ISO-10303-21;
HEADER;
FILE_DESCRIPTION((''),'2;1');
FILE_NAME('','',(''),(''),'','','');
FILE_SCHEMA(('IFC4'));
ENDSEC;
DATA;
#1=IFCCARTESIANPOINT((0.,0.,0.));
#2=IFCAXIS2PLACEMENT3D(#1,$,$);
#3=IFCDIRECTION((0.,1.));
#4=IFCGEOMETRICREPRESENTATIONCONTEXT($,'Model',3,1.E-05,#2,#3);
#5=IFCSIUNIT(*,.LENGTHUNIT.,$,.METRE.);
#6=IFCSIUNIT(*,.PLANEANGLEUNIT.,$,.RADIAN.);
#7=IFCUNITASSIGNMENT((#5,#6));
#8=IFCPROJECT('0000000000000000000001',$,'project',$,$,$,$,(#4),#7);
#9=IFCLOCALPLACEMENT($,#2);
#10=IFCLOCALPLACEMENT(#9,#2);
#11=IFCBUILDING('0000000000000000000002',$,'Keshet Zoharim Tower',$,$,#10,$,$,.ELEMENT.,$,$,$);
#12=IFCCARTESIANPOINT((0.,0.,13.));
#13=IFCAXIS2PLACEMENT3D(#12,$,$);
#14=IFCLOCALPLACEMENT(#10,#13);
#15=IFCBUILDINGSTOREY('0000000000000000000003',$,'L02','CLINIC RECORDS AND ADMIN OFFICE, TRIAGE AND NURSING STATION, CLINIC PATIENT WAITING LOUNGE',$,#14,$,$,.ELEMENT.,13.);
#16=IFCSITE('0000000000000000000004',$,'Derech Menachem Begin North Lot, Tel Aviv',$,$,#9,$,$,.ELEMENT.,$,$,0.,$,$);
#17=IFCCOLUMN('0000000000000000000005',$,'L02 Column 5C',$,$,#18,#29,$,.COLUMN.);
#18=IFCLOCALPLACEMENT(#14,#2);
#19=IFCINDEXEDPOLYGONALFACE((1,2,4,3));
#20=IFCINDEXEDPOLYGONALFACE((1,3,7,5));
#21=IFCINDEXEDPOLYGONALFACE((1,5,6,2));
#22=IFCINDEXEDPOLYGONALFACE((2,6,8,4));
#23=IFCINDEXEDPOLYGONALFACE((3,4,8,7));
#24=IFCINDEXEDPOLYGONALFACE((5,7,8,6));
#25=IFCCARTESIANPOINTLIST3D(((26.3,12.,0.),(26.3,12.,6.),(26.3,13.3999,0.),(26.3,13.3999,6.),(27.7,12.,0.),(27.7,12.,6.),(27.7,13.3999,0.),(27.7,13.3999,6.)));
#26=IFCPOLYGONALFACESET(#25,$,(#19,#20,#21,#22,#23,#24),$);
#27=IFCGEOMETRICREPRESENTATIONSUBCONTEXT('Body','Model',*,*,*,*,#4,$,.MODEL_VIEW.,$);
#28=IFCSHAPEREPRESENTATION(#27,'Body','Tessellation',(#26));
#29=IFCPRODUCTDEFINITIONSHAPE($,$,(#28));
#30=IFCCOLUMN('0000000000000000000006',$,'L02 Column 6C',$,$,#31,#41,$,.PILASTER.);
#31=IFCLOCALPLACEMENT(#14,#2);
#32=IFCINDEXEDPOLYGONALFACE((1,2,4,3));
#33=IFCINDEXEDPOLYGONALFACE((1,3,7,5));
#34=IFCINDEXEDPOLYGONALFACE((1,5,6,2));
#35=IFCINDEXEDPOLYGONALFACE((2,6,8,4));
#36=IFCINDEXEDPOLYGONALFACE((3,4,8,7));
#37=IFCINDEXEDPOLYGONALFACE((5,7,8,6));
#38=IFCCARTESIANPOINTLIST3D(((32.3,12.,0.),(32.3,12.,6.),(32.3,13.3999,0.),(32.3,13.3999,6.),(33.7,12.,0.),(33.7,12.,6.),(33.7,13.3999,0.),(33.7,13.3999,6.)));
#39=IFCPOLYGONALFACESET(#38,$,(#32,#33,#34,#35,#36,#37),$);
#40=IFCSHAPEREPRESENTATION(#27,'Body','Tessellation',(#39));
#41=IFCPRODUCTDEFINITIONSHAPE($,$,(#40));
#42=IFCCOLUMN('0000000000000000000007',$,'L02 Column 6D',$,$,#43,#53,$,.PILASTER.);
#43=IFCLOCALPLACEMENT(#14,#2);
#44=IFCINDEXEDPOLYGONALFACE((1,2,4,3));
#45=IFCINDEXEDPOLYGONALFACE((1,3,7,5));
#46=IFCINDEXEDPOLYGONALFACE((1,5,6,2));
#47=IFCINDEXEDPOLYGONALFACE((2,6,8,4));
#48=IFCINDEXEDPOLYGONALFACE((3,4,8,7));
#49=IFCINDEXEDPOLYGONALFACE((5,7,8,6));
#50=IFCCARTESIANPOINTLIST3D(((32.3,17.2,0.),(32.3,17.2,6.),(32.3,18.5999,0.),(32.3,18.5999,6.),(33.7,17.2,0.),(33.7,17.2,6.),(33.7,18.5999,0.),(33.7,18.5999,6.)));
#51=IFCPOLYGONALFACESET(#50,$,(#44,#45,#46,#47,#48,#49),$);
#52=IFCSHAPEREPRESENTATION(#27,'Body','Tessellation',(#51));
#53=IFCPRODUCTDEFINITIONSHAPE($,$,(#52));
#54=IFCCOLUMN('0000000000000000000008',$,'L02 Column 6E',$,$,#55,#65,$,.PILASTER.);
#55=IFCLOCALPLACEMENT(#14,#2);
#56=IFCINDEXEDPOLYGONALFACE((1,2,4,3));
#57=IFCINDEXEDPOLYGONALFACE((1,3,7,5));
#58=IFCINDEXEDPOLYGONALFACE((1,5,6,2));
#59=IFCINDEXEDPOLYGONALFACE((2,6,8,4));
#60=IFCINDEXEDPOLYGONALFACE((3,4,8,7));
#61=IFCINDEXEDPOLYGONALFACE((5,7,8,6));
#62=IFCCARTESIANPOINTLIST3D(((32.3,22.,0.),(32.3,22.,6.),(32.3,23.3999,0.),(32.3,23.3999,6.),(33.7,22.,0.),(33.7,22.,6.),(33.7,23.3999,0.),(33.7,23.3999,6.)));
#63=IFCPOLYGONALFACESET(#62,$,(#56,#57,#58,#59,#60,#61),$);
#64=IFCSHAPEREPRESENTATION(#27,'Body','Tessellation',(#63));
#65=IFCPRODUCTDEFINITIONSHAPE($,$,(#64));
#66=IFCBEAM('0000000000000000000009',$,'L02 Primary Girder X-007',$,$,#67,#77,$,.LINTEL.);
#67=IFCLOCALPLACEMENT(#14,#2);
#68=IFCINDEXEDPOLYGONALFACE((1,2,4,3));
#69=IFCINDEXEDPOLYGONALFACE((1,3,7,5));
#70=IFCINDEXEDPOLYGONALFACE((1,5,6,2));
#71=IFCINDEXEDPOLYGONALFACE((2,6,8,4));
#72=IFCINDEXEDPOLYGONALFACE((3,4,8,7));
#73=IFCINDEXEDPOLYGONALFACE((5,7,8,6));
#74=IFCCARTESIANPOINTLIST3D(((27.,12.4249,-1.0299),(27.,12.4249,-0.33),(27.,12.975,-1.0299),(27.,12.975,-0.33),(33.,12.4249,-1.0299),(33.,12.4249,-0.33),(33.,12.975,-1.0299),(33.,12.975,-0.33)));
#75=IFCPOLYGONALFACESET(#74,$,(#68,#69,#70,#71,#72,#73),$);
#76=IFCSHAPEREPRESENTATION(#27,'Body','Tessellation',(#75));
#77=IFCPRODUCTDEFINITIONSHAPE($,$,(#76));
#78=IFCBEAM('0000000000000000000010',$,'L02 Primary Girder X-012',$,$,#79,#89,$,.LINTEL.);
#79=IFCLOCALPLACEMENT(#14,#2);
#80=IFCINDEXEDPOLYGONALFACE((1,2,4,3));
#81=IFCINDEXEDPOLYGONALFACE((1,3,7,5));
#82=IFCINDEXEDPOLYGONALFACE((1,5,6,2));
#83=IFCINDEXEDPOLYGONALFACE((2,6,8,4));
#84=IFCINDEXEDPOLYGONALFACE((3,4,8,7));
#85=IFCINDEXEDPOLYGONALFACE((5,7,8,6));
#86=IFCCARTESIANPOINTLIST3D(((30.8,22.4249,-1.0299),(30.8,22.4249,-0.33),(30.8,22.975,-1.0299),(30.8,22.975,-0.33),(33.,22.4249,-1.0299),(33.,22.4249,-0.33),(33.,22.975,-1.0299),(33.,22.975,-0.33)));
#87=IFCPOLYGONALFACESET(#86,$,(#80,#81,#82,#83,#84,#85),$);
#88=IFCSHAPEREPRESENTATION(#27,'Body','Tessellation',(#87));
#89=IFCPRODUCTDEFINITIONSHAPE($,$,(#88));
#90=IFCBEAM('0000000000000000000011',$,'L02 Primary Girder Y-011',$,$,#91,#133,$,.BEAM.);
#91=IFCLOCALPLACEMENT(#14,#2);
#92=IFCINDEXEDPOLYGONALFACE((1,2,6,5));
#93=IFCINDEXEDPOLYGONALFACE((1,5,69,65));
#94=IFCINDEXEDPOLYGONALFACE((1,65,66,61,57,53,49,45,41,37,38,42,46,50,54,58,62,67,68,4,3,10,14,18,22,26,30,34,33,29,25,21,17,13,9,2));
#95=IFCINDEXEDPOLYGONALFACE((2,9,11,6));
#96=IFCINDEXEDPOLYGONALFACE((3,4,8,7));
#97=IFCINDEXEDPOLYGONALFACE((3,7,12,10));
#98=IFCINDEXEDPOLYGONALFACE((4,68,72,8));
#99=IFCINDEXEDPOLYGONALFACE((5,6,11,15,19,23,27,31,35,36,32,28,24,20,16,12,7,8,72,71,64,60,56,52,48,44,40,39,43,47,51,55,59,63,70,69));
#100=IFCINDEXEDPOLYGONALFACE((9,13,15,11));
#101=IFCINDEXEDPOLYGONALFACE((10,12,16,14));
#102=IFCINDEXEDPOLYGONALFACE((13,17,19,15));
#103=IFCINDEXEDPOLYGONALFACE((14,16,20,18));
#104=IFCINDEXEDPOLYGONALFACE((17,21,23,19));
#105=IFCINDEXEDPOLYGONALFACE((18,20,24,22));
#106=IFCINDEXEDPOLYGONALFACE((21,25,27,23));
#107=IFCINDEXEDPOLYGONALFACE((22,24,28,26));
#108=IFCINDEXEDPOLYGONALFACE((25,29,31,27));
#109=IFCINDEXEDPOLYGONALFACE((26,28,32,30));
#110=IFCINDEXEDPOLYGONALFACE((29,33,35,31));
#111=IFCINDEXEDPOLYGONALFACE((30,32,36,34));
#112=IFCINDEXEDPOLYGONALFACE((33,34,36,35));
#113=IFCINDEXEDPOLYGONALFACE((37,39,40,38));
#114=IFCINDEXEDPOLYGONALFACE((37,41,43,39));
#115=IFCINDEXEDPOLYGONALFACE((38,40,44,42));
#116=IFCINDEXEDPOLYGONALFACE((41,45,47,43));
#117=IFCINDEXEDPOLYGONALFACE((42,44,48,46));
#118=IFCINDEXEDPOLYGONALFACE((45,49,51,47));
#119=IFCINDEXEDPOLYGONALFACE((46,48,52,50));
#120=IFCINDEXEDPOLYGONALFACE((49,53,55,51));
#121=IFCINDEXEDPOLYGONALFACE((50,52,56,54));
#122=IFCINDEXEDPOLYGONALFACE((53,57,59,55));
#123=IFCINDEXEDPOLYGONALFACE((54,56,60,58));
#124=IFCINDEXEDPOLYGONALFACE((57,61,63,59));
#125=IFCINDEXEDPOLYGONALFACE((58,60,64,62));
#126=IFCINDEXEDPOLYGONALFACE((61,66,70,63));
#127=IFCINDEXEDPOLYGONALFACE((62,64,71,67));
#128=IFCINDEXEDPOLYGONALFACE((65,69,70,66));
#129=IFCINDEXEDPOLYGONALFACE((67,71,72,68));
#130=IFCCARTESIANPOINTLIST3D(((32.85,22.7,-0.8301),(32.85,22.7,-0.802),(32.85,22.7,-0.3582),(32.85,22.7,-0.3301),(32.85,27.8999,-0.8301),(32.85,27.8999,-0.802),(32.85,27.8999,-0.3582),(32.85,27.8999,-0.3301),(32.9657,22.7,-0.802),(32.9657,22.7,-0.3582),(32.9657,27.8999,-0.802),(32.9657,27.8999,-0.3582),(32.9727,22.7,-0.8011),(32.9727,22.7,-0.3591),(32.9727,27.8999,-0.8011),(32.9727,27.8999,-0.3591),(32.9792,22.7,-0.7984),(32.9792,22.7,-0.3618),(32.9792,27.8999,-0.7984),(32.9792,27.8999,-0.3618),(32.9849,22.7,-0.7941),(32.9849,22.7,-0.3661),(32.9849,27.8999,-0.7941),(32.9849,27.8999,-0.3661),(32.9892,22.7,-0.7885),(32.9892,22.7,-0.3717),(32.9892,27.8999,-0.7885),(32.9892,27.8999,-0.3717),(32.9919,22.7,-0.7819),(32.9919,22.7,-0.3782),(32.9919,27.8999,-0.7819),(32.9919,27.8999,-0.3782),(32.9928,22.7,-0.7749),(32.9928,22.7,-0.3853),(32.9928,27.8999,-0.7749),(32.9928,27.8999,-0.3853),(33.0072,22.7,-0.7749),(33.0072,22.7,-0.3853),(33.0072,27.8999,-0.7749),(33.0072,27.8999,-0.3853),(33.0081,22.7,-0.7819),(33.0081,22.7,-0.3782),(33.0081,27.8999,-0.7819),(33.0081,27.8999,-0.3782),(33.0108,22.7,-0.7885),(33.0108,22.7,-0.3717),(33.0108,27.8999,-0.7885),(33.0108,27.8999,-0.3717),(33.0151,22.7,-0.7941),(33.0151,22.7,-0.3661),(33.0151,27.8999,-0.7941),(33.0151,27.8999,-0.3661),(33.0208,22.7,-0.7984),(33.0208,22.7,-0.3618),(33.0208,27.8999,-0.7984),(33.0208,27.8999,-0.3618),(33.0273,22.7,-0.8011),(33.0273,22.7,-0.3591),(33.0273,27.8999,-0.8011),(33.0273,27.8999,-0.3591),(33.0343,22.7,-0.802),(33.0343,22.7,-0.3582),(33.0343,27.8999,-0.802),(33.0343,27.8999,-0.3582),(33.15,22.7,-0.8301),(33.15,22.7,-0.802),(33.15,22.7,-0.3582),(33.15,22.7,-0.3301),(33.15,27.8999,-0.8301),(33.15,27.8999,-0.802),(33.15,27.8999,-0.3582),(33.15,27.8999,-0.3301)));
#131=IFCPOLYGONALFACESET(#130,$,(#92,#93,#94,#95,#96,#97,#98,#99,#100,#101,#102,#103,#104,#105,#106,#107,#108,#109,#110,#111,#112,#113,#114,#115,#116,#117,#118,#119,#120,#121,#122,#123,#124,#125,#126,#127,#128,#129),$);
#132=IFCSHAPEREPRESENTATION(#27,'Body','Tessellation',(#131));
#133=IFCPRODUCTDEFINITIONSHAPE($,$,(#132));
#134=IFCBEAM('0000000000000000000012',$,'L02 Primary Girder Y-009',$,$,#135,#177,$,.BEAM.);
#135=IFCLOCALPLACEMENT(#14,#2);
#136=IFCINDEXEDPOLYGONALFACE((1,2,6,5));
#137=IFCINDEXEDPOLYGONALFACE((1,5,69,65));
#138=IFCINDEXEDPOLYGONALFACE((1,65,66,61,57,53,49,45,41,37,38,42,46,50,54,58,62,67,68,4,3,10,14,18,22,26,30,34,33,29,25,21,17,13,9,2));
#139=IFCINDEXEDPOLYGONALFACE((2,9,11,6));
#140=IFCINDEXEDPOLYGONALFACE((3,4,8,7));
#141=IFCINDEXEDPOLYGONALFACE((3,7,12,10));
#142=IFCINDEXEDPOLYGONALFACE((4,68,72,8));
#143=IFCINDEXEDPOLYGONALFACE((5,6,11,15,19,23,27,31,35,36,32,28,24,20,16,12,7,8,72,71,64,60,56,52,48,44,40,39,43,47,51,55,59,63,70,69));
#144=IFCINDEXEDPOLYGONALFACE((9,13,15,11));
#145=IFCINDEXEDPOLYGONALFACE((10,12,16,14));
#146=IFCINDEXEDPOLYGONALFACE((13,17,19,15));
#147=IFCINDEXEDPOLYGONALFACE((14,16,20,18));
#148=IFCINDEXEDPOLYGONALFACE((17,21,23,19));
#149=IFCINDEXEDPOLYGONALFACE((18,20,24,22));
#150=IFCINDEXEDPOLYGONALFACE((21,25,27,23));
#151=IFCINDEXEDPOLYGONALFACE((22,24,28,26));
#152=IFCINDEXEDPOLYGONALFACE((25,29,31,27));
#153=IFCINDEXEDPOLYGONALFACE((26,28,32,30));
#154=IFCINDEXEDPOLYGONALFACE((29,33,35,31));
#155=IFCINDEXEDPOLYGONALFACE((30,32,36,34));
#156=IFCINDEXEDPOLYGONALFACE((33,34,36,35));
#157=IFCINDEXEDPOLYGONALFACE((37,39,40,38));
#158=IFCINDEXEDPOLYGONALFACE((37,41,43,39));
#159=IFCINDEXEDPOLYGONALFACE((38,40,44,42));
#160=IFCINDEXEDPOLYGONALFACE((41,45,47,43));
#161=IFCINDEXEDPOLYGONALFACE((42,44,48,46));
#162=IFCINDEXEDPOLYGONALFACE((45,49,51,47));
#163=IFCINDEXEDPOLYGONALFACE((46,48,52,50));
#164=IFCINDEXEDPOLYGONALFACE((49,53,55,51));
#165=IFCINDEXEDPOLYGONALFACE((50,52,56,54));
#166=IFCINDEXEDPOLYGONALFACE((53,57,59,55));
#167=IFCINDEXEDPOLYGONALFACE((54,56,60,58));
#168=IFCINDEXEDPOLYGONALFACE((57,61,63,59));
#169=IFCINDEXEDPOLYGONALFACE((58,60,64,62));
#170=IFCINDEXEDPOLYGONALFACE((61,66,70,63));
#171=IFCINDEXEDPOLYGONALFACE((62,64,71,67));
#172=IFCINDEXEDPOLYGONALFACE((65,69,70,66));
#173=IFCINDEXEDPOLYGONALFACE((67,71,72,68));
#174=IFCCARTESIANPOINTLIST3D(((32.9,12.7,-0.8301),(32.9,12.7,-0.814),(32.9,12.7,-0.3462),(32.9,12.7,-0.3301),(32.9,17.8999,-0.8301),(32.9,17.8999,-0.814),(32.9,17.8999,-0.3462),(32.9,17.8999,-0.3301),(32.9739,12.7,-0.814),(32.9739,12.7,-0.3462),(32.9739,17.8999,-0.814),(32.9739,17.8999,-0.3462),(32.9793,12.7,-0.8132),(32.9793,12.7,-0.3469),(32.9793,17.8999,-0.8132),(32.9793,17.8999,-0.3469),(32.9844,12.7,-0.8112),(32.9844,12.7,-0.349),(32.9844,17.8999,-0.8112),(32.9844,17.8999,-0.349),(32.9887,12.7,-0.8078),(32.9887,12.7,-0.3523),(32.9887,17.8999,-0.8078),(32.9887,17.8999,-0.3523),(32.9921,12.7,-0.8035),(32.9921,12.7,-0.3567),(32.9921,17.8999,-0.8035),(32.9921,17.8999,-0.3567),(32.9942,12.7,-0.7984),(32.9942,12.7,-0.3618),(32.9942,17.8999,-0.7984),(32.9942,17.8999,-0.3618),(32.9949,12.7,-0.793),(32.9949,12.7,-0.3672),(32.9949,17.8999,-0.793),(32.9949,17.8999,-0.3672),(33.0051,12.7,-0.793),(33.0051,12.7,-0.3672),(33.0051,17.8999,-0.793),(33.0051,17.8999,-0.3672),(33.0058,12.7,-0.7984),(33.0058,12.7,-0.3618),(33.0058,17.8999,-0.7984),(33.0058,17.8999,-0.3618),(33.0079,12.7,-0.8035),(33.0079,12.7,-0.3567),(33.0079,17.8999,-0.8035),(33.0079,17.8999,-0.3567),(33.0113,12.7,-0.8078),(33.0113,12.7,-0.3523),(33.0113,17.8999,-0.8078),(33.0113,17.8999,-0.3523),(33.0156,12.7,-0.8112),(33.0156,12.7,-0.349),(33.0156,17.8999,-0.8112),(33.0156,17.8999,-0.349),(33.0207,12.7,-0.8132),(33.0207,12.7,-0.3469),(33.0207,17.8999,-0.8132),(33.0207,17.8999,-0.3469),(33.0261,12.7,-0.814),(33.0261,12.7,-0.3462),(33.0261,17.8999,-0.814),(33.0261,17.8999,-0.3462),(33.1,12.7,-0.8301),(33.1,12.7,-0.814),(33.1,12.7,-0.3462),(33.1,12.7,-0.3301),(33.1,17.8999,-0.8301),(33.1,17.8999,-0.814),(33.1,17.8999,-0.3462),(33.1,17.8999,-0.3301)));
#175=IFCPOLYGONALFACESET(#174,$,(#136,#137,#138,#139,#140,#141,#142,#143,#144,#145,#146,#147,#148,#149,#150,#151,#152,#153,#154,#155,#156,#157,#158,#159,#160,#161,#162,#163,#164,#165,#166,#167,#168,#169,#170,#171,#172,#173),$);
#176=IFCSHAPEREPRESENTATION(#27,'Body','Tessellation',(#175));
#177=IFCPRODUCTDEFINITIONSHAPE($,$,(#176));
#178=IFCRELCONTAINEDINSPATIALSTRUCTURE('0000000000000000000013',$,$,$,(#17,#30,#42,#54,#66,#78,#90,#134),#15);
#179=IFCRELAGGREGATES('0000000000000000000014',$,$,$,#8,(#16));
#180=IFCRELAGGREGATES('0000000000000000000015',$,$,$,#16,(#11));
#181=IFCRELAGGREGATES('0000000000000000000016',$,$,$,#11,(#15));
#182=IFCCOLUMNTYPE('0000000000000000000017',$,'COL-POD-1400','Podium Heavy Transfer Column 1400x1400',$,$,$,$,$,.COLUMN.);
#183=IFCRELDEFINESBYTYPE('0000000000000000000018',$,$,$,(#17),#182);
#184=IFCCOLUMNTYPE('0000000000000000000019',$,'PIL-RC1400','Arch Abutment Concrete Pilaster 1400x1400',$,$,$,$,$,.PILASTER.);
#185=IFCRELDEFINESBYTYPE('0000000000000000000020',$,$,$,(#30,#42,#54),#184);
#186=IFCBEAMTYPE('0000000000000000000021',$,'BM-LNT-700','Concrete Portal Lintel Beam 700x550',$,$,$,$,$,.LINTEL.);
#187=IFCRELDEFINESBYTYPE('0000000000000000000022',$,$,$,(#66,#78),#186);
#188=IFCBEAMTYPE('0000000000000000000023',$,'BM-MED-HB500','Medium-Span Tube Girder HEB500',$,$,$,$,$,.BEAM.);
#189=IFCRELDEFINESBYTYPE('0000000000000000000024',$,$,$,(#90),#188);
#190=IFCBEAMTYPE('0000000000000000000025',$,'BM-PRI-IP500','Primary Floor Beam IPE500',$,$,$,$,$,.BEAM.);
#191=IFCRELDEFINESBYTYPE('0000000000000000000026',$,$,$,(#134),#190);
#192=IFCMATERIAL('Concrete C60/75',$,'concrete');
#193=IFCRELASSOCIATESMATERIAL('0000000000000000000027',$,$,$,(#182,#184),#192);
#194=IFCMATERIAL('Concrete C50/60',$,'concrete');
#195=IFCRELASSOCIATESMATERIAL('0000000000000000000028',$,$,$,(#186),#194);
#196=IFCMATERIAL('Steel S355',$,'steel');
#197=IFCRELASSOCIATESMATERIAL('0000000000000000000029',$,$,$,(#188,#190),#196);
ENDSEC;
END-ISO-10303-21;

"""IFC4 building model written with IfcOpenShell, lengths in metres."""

from ifc_helpers import new_model, si_unit, direction, frame, origin, origin_2d, place, context, subcontext, project, spatial, rectangle, i_section, extrude, material, material_profile, profile_set, type_object, element, save


model = new_model("IFC4")

# Units and contexts
model_context = context("Model", 3, precision=1e-05, world=origin(), true_north=direction((0.0, 1.0)))
body_context = subcontext(model_context, "Body", "Model", "MODEL_VIEW")
ifc_project = project(units=[si_unit("LENGTHUNIT", "METRE"), si_unit("PLANEANGLEUNIT", "RADIAN")], contexts=[model_context])

# Site, building, storey
site_placement = place(None, origin())
site = spatial("IfcSite", under=ifc_project, at=site_placement, Name="Derech Menachem Begin North Lot, Tel Aviv", CompositionType="ELEMENT", RefElevation=0.0)
building_placement = place(site_placement, origin())
building = spatial("IfcBuilding", under=site, at=building_placement, Name="Keshet Zoharim Tower", CompositionType="ELEMENT")
storey_placement = place(building_placement, frame((0.0, 0.0, 13.0)))
storey = spatial("IfcBuildingStorey", under=building, at=storey_placement, Name="L02", Description="CLINIC RECORDS AND ADMIN OFFICE, TRIAGE AND NURSING STATION, CLINIC PATIENT WAITING LOUNGE", CompositionType="ELEMENT", Elevation=13.0)

# Columns
ifc_material_1 = material(Name="Concrete C60/75", Category="concrete")
ifc_material_profile_1 = material_profile(ifc_material_1, rectangle(XDim=1.3999, YDim=1.3999, at=origin_2d()), Name="RC1400x1400")
ifc_profile_set_1 = profile_set([ifc_material_profile_1], Name="Concrete C60/75")
column_type_1 = type_object("IfcColumnType", Name="COL-POD-1400", Description="Podium Heavy Transfer Column 1400x1400", PredefinedType="COLUMN", material=ifc_profile_set_1)
column_placement = place(storey_placement, frame((27.0, 12.7, 0.0), z_axis=(0.0, 0.0, 1.0), x_axis=(1.0, 0.0, 0.0)))
element("IfcColumn", 1, at=column_placement, inside=storey, type_object=column_type_1, Name="L02 Column 5C", PredefinedType="COLUMN", context=body_context, shape_type="SweptSolid", body=[
    extrude(rectangle(XDim=1.3999, YDim=1.3999, at=origin_2d()), origin(), (0.0, 0.0, 1.0), 6.0),
])
ifc_material_profile_2 = material_profile(ifc_material_1, rectangle(XDim=1.3999, YDim=1.3999, at=origin_2d()), Name="RC1400x1400")
ifc_profile_set_2 = profile_set([ifc_material_profile_2], Name="Concrete C60/75")
column_type_2 = type_object("IfcColumnType", Name="PIL-RC1400", Description="Arch Abutment Concrete Pilaster 1400x1400", PredefinedType="PILASTER", material=ifc_profile_set_2)
for number, where, z_axis, x_axis, name in (
    (2, (33.0, 12.7, 0.0), (0.0, 0.0, 1.0), (1.0, 0.0, 0.0), "L02 Column 6C"),
    (3, (33.0, 17.8999, 0.0), (0.0, 0.0, 1.0), (1.0, 0.0, 0.0), "L02 Column 6D"),
    (4, (33.0, 22.7, 0.0), (0.0, 0.0, 1.0), (1.0, 0.0, 0.0), "L02 Column 6E"),
):
    element("IfcColumn", number, at=place(storey_placement, frame(where, z_axis=z_axis, x_axis=x_axis)), inside=storey, type_object=column_type_2, Name=name, PredefinedType="PILASTER", context=body_context, shape_type="SweptSolid", body=[
        extrude(rectangle(XDim=1.3999, YDim=1.3999, at=origin_2d()), origin(), (0.0, 0.0, 1.0), 6.0),
    ])

# Beams
ifc_material_2 = material(Name="Concrete C50/60", Category="concrete")
ifc_material_profile_3 = material_profile(ifc_material_2, rectangle(XDim=0.55, YDim=0.7, at=origin_2d()), Name="RC700x550")
ifc_profile_set_3 = profile_set([ifc_material_profile_3], Name="Concrete C50/60")
beam_type_1 = type_object("IfcBeamType", Name="BM-LNT-700", Description="Concrete Portal Lintel Beam 700x550", PredefinedType="LINTEL", material=ifc_profile_set_3)
beam_1_placement = place(storey_placement, frame((27.0, 12.7, -0.6799), z_axis=(1.0, 0.0, 0.0), x_axis=(0.0, 1.0, 0.0)))
element("IfcBeam", 5, at=beam_1_placement, inside=storey, type_object=beam_type_1, Name="L02 Primary Girder X-007", PredefinedType="LINTEL", context=body_context, shape_type="SweptSolid", body=[
    extrude(rectangle(XDim=0.55, YDim=0.7, at=origin_2d()), origin(), (0.0, 0.0, 1.0), 6.0),
])
beam_2_placement = place(storey_placement, frame((30.8, 22.7, -0.6799), z_axis=(1.0, 0.0, 0.0), x_axis=(0.0, 1.0, 0.0)))
element("IfcBeam", 6, at=beam_2_placement, inside=storey, type_object=beam_type_1, Name="L02 Primary Girder X-012", PredefinedType="LINTEL", context=body_context, shape_type="SweptSolid", body=[
    extrude(rectangle(XDim=0.55, YDim=0.7, at=origin_2d()), origin(), (0.0, 0.0, 1.0), 2.2),
])
ifc_material_3 = material(Name="Steel S355", Category="steel")
ifc_material_profile_4 = material_profile(ifc_material_3, i_section(OverallWidth=0.3, OverallDepth=0.5, WebThickness=0.0144, FlangeThickness=0.0281, FilletRadius=0.0271, at=origin_2d()), Name="HEB500")
ifc_profile_set_4 = profile_set([ifc_material_profile_4], Name="Steel S355")
beam_type_2 = type_object("IfcBeamType", Name="BM-MED-HB500", Description="Medium-Span Tube Girder HEB500", PredefinedType="BEAM", material=ifc_profile_set_4)
beam_3_placement = place(storey_placement, frame((33.0, 22.7, -0.5801), z_axis=(0.0, 1.0, 0.0), x_axis=(-1.0, 0.0, 0.0)))
element("IfcBeam", 7, at=beam_3_placement, inside=storey, type_object=beam_type_2, Name="L02 Primary Girder Y-011", PredefinedType="BEAM", context=body_context, shape_type="SweptSolid", body=[
    extrude(i_section(OverallWidth=0.3, OverallDepth=0.5, WebThickness=0.0144, FlangeThickness=0.0281, FilletRadius=0.0271, at=origin_2d()), origin(), (0.0, 0.0, 1.0), 5.2),
])
ifc_material_profile_5 = material_profile(ifc_material_3, i_section(OverallWidth=0.2, OverallDepth=0.5, WebThickness=0.0103, FlangeThickness=0.0161, FilletRadius=0.021, at=origin_2d()), Name="IPE500")
ifc_profile_set_5 = profile_set([ifc_material_profile_5], Name="Steel S355")
beam_type_3 = type_object("IfcBeamType", Name="BM-PRI-IP500", Description="Primary Floor Beam IPE500", PredefinedType="BEAM", material=ifc_profile_set_5)
beam_4_placement = place(storey_placement, frame((33.0, 12.7, -0.5801), z_axis=(0.0, 1.0, 0.0), x_axis=(-1.0, 0.0, 0.0)))
element("IfcBeam", 8, at=beam_4_placement, inside=storey, type_object=beam_type_3, Name="L02 Primary Girder Y-009", PredefinedType="BEAM", context=body_context, shape_type="SweptSolid", body=[
    extrude(i_section(OverallWidth=0.2, OverallDepth=0.5, WebThickness=0.0103, FlangeThickness=0.0161, FilletRadius=0.021, at=origin_2d()), origin(), (0.0, 0.0, 1.0), 5.2),
])

save(model, "model.ifc")
